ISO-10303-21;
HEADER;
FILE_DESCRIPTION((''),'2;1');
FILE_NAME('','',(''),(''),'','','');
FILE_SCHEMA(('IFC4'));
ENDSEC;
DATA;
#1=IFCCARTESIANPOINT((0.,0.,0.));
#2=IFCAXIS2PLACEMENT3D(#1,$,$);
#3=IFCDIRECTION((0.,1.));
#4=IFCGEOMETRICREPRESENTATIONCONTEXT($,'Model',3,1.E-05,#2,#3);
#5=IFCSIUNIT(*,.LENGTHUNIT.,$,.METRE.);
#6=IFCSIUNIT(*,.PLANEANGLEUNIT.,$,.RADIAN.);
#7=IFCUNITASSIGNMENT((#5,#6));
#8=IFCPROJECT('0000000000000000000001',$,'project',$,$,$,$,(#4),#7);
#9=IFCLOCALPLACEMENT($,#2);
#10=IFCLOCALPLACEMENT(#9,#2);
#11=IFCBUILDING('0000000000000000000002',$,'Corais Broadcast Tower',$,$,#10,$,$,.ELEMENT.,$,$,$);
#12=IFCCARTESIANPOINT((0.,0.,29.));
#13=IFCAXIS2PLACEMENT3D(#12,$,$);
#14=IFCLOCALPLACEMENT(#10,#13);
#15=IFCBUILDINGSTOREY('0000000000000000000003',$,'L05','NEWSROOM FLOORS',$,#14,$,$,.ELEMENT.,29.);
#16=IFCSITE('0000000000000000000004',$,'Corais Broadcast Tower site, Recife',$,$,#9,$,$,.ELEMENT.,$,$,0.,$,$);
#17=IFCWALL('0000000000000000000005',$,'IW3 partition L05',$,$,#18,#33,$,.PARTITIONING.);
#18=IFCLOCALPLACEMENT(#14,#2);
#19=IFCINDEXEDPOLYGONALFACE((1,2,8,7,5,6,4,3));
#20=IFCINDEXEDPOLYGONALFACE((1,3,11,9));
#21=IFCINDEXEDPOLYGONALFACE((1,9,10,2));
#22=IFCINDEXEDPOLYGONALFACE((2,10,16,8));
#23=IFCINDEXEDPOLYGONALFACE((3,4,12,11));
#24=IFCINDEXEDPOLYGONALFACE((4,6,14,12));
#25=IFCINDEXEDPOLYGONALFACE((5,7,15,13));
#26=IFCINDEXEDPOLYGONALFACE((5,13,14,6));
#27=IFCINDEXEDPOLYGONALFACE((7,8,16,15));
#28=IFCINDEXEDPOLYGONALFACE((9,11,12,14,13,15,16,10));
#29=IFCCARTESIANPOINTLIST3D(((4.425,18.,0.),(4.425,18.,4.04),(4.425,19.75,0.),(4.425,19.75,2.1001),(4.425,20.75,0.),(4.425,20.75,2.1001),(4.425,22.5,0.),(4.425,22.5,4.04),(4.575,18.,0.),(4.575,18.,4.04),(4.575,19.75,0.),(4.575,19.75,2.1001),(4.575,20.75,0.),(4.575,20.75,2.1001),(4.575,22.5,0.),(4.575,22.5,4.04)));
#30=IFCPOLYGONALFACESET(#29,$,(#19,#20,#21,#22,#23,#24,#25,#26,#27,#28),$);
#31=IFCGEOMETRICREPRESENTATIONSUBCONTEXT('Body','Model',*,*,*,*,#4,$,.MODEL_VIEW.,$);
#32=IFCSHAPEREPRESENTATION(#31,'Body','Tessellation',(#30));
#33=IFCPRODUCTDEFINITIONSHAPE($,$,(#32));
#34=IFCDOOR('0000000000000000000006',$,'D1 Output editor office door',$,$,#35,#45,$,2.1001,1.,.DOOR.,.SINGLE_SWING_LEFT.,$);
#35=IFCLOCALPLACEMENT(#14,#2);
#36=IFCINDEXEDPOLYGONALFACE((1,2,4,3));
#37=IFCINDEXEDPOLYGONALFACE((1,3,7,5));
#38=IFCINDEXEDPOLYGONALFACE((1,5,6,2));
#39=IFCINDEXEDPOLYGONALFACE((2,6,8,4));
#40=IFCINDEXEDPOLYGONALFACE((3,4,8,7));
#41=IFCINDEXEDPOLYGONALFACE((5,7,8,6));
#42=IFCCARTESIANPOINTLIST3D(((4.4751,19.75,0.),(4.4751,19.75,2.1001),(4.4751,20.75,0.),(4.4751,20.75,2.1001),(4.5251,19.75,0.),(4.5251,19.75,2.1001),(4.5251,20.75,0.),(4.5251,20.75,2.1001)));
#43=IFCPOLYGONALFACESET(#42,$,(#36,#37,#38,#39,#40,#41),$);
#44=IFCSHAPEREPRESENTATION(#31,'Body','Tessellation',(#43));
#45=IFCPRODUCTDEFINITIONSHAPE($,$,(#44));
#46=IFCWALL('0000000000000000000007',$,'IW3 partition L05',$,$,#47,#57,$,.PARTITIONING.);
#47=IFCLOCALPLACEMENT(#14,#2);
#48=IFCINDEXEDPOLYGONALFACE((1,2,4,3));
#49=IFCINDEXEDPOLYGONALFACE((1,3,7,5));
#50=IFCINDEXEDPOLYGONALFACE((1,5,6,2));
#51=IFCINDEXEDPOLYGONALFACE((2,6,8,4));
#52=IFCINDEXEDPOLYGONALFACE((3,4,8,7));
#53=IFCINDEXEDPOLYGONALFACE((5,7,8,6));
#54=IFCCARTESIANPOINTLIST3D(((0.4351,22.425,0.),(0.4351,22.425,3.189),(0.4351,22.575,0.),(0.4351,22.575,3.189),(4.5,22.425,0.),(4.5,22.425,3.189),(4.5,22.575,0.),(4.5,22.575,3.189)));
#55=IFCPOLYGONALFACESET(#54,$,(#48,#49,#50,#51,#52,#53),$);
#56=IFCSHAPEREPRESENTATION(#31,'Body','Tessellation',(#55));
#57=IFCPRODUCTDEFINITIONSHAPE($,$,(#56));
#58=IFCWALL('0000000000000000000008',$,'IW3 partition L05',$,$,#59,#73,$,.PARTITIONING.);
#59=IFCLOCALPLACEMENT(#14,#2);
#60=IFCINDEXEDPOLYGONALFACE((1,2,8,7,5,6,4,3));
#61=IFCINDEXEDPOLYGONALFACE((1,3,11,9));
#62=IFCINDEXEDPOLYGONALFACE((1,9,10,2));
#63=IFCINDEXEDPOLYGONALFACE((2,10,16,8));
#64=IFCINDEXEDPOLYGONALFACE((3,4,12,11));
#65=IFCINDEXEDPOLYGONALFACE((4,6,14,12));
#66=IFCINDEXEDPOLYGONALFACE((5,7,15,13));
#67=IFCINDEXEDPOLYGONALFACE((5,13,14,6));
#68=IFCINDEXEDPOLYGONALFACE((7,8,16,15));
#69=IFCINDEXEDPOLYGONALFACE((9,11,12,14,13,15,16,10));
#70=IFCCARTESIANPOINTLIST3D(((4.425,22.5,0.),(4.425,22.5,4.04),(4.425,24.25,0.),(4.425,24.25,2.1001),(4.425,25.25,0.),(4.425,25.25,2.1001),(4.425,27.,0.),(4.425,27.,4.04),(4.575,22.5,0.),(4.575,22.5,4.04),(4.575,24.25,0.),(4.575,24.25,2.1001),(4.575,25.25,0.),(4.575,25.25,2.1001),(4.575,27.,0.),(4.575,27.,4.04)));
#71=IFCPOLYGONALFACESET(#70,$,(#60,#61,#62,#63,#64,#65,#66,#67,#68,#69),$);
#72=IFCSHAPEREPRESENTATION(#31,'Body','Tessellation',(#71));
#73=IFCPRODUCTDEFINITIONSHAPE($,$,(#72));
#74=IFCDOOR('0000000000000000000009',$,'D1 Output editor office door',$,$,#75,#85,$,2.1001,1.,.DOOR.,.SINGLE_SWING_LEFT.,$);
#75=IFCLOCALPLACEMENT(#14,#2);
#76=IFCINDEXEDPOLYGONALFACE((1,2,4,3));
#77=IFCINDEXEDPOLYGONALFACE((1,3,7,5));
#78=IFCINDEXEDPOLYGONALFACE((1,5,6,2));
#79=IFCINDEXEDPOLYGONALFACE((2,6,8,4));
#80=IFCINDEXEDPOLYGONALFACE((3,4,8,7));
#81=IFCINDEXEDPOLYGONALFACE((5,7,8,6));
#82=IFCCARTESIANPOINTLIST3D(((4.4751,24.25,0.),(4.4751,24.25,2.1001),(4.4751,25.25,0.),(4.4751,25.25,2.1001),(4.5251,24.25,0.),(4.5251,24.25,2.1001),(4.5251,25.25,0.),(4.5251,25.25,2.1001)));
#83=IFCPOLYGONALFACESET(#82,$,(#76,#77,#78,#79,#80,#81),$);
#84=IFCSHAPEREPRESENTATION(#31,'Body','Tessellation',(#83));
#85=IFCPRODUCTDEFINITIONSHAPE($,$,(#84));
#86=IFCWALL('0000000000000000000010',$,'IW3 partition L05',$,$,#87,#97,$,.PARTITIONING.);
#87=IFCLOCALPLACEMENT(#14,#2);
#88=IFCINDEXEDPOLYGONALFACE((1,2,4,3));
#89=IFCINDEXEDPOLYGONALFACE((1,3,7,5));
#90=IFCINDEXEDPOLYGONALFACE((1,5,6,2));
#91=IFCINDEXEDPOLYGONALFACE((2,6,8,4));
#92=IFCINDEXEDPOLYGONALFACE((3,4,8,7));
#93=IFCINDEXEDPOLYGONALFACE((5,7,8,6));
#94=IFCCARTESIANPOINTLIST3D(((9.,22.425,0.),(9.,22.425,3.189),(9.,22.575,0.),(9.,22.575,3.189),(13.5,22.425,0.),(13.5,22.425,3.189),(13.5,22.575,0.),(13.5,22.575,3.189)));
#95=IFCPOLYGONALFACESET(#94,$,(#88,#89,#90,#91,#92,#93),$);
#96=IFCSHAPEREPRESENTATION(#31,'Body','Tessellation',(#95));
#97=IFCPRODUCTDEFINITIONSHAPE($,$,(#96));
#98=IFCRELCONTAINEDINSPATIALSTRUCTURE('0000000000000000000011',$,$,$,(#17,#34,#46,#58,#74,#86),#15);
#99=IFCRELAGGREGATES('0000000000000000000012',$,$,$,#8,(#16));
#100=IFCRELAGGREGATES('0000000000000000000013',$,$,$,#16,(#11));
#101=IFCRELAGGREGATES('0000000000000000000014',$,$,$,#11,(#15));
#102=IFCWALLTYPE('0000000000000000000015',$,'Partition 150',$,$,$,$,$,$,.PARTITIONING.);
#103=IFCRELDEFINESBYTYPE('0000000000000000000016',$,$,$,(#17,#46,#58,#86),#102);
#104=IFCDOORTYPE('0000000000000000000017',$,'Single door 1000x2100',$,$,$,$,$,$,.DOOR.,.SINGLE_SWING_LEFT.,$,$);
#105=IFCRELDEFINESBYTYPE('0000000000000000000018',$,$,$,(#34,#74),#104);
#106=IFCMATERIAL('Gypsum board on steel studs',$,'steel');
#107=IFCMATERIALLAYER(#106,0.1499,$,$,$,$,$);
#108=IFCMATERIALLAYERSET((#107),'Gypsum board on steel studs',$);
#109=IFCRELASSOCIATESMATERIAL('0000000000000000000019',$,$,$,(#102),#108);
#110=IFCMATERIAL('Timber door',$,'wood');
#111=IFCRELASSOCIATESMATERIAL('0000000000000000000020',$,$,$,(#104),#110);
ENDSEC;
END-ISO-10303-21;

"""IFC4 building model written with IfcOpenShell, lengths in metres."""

from ifc_helpers import new_model, si_unit, direction, frame, frame_2d, origin, place, context, subcontext, project, spatial, rectangle, extrude, material, layer, layer_set, type_object, element, fill, save


model = new_model("IFC4")

# Units and contexts
model_context = context("Model", 3, precision=1e-05, world=origin(), true_north=direction((0.0, 1.0)))
body_context = subcontext(model_context, "Body", "Model", "MODEL_VIEW")
ifc_project = project(units=[si_unit("LENGTHUNIT", "METRE"), si_unit("PLANEANGLEUNIT", "RADIAN")], contexts=[model_context])

# Site, building, storey
site_placement = place(None, origin())
site = spatial("IfcSite", under=ifc_project, at=site_placement, Name="Corais Broadcast Tower site, Recife", CompositionType="ELEMENT", RefElevation=0.0)
building_placement = place(site_placement, origin())
building = spatial("IfcBuilding", under=site, at=building_placement, Name="Corais Broadcast Tower", CompositionType="ELEMENT")
storey_placement = place(building_placement, frame((0.0, 0.0, 29.0)))
storey = spatial("IfcBuildingStorey", under=building, at=storey_placement, Name="L05", Description="NEWSROOM FLOORS", CompositionType="ELEMENT", Elevation=29.0)

# Shared definitions
ifc_material_1 = material(Name="Gypsum board on steel studs", Category="steel")
ifc_layer_1 = layer(ifc_material_1, 0.1499)
ifc_layer_set_1 = layer_set([ifc_layer_1], Name="Gypsum board on steel studs")
wall_type = type_object("IfcWallType", Name="Partition 150", PredefinedType="PARTITIONING", material=ifc_layer_set_1)
ifc_material_2 = material(Name="Timber door", Category="wood")
door_type = type_object("IfcDoorType", Name="Single door 1000x2100", OperationType="SINGLE_SWING_LEFT", PredefinedType="DOOR", material=ifc_material_2)

# Wall, opening, door
wall_1_placement = place(storey_placement, frame((4.5, 18.0, 0.0), z_axis=(0.0, 0.0, 1.0), x_axis=(0.0, 1.0, 0.0)))
wall_1 = element("IfcWall", 1, at=wall_1_placement, inside=storey, type_object=wall_type, Name="IW3 partition L05", PredefinedType="PARTITIONING", context=body_context, shape_type="SweptSolid", body=[
    extrude(rectangle(XDim=4.5, YDim=0.1499, at=frame_2d((2.25, 0.0))), origin(), (0.0, 0.0, 1.0), 4.04),
])
opening_1_placement = place(wall_1_placement, frame((1.75, 0.0, 0.0)))
opening_1 = element("IfcOpeningElement", 2, at=opening_1_placement, cuts=wall_1, PredefinedType="OPENING", context=body_context, shape_type="SweptSolid", body=[
    extrude(rectangle(XDim=1.0, YDim=2.1001, at=frame_2d((0.5, 1.05))), frame((0.0, 0.085, 0.0), z_axis=(0.0, -1.0, 0.0), x_axis=(1.0, 0.0, 0.0)), (0.0, 0.0, 1.0), 0.1699),
])
door_1_placement = place(opening_1_placement, origin())
door_1 = element("IfcDoor", 3, at=door_1_placement, inside=storey, type_object=door_type, Name="D1 Output editor office door", OperationType="SINGLE_SWING_LEFT", OverallHeight=2.1001, OverallWidth=1.0, PredefinedType="DOOR", context=body_context, shape_type="SweptSolid", body=[
    extrude(rectangle(XDim=1.0, YDim=2.1001, at=frame_2d((0.5, 1.05))), frame((0.0, 0.0249, 0.0), z_axis=(0.0, -1.0, 0.0), x_axis=(1.0, 0.0, 0.0)), (0.0, 0.0, 1.0), 0.05),
])
fill(opening_1, door_1)

# Wall
wall_2_placement = place(storey_placement, frame((4.5, 22.5, 0.0), z_axis=(0.0, 0.0, 1.0), x_axis=(-1.0, 0.0, 0.0)))
element("IfcWall", 4, at=wall_2_placement, inside=storey, type_object=wall_type, Name="IW3 partition L05", PredefinedType="PARTITIONING", context=body_context, shape_type="SweptSolid", body=[
    extrude(rectangle(XDim=4.0649, YDim=0.1499, at=frame_2d((2.0325, 0.0))), origin(), (0.0, 0.0, 1.0), 3.189),
])

# Wall, opening, door
wall_3_placement = place(storey_placement, frame((4.5, 22.5, 0.0), z_axis=(0.0, 0.0, 1.0), x_axis=(0.0, 1.0, 0.0)))
wall_3 = element("IfcWall", 5, at=wall_3_placement, inside=storey, type_object=wall_type, Name="IW3 partition L05", PredefinedType="PARTITIONING", context=body_context, shape_type="SweptSolid", body=[
    extrude(rectangle(XDim=4.5, YDim=0.1499, at=frame_2d((2.25, 0.0))), origin(), (0.0, 0.0, 1.0), 4.04),
])
opening_2_placement = place(wall_3_placement, frame((1.75, 0.0, 0.0)))
opening_2 = element("IfcOpeningElement", 6, at=opening_2_placement, cuts=wall_3, PredefinedType="OPENING", context=body_context, shape_type="SweptSolid", body=[
    extrude(rectangle(XDim=1.0, YDim=2.1001, at=frame_2d((0.5, 1.05))), frame((0.0, 0.085, 0.0), z_axis=(0.0, -1.0, 0.0), x_axis=(1.0, 0.0, 0.0)), (0.0, 0.0, 1.0), 0.1699),
])
door_2_placement = place(opening_2_placement, origin())
door_2 = element("IfcDoor", 7, at=door_2_placement, inside=storey, type_object=door_type, Name="D1 Output editor office door", OperationType="SINGLE_SWING_LEFT", OverallHeight=2.1001, OverallWidth=1.0, PredefinedType="DOOR", context=body_context, shape_type="SweptSolid", body=[
    extrude(rectangle(XDim=1.0, YDim=2.1001, at=frame_2d((0.5, 1.05))), frame((0.0, 0.0249, 0.0), z_axis=(0.0, -1.0, 0.0), x_axis=(1.0, 0.0, 0.0)), (0.0, 0.0, 1.0), 0.05),
])
fill(opening_2, door_2)

# Wall
wall_4_placement = place(storey_placement, frame((9.0, 22.5, 0.0), z_axis=(0.0, 0.0, 1.0), x_axis=(1.0, 0.0, 0.0)))
element("IfcWall", 8, at=wall_4_placement, inside=storey, type_object=wall_type, Name="IW3 partition L05", PredefinedType="PARTITIONING", context=body_context, shape_type="SweptSolid", body=[
    extrude(rectangle(XDim=4.5, YDim=0.1499, at=frame_2d((2.25, 0.0))), origin(), (0.0, 0.0, 1.0), 3.189),
])

save(model, "model.ifc")
